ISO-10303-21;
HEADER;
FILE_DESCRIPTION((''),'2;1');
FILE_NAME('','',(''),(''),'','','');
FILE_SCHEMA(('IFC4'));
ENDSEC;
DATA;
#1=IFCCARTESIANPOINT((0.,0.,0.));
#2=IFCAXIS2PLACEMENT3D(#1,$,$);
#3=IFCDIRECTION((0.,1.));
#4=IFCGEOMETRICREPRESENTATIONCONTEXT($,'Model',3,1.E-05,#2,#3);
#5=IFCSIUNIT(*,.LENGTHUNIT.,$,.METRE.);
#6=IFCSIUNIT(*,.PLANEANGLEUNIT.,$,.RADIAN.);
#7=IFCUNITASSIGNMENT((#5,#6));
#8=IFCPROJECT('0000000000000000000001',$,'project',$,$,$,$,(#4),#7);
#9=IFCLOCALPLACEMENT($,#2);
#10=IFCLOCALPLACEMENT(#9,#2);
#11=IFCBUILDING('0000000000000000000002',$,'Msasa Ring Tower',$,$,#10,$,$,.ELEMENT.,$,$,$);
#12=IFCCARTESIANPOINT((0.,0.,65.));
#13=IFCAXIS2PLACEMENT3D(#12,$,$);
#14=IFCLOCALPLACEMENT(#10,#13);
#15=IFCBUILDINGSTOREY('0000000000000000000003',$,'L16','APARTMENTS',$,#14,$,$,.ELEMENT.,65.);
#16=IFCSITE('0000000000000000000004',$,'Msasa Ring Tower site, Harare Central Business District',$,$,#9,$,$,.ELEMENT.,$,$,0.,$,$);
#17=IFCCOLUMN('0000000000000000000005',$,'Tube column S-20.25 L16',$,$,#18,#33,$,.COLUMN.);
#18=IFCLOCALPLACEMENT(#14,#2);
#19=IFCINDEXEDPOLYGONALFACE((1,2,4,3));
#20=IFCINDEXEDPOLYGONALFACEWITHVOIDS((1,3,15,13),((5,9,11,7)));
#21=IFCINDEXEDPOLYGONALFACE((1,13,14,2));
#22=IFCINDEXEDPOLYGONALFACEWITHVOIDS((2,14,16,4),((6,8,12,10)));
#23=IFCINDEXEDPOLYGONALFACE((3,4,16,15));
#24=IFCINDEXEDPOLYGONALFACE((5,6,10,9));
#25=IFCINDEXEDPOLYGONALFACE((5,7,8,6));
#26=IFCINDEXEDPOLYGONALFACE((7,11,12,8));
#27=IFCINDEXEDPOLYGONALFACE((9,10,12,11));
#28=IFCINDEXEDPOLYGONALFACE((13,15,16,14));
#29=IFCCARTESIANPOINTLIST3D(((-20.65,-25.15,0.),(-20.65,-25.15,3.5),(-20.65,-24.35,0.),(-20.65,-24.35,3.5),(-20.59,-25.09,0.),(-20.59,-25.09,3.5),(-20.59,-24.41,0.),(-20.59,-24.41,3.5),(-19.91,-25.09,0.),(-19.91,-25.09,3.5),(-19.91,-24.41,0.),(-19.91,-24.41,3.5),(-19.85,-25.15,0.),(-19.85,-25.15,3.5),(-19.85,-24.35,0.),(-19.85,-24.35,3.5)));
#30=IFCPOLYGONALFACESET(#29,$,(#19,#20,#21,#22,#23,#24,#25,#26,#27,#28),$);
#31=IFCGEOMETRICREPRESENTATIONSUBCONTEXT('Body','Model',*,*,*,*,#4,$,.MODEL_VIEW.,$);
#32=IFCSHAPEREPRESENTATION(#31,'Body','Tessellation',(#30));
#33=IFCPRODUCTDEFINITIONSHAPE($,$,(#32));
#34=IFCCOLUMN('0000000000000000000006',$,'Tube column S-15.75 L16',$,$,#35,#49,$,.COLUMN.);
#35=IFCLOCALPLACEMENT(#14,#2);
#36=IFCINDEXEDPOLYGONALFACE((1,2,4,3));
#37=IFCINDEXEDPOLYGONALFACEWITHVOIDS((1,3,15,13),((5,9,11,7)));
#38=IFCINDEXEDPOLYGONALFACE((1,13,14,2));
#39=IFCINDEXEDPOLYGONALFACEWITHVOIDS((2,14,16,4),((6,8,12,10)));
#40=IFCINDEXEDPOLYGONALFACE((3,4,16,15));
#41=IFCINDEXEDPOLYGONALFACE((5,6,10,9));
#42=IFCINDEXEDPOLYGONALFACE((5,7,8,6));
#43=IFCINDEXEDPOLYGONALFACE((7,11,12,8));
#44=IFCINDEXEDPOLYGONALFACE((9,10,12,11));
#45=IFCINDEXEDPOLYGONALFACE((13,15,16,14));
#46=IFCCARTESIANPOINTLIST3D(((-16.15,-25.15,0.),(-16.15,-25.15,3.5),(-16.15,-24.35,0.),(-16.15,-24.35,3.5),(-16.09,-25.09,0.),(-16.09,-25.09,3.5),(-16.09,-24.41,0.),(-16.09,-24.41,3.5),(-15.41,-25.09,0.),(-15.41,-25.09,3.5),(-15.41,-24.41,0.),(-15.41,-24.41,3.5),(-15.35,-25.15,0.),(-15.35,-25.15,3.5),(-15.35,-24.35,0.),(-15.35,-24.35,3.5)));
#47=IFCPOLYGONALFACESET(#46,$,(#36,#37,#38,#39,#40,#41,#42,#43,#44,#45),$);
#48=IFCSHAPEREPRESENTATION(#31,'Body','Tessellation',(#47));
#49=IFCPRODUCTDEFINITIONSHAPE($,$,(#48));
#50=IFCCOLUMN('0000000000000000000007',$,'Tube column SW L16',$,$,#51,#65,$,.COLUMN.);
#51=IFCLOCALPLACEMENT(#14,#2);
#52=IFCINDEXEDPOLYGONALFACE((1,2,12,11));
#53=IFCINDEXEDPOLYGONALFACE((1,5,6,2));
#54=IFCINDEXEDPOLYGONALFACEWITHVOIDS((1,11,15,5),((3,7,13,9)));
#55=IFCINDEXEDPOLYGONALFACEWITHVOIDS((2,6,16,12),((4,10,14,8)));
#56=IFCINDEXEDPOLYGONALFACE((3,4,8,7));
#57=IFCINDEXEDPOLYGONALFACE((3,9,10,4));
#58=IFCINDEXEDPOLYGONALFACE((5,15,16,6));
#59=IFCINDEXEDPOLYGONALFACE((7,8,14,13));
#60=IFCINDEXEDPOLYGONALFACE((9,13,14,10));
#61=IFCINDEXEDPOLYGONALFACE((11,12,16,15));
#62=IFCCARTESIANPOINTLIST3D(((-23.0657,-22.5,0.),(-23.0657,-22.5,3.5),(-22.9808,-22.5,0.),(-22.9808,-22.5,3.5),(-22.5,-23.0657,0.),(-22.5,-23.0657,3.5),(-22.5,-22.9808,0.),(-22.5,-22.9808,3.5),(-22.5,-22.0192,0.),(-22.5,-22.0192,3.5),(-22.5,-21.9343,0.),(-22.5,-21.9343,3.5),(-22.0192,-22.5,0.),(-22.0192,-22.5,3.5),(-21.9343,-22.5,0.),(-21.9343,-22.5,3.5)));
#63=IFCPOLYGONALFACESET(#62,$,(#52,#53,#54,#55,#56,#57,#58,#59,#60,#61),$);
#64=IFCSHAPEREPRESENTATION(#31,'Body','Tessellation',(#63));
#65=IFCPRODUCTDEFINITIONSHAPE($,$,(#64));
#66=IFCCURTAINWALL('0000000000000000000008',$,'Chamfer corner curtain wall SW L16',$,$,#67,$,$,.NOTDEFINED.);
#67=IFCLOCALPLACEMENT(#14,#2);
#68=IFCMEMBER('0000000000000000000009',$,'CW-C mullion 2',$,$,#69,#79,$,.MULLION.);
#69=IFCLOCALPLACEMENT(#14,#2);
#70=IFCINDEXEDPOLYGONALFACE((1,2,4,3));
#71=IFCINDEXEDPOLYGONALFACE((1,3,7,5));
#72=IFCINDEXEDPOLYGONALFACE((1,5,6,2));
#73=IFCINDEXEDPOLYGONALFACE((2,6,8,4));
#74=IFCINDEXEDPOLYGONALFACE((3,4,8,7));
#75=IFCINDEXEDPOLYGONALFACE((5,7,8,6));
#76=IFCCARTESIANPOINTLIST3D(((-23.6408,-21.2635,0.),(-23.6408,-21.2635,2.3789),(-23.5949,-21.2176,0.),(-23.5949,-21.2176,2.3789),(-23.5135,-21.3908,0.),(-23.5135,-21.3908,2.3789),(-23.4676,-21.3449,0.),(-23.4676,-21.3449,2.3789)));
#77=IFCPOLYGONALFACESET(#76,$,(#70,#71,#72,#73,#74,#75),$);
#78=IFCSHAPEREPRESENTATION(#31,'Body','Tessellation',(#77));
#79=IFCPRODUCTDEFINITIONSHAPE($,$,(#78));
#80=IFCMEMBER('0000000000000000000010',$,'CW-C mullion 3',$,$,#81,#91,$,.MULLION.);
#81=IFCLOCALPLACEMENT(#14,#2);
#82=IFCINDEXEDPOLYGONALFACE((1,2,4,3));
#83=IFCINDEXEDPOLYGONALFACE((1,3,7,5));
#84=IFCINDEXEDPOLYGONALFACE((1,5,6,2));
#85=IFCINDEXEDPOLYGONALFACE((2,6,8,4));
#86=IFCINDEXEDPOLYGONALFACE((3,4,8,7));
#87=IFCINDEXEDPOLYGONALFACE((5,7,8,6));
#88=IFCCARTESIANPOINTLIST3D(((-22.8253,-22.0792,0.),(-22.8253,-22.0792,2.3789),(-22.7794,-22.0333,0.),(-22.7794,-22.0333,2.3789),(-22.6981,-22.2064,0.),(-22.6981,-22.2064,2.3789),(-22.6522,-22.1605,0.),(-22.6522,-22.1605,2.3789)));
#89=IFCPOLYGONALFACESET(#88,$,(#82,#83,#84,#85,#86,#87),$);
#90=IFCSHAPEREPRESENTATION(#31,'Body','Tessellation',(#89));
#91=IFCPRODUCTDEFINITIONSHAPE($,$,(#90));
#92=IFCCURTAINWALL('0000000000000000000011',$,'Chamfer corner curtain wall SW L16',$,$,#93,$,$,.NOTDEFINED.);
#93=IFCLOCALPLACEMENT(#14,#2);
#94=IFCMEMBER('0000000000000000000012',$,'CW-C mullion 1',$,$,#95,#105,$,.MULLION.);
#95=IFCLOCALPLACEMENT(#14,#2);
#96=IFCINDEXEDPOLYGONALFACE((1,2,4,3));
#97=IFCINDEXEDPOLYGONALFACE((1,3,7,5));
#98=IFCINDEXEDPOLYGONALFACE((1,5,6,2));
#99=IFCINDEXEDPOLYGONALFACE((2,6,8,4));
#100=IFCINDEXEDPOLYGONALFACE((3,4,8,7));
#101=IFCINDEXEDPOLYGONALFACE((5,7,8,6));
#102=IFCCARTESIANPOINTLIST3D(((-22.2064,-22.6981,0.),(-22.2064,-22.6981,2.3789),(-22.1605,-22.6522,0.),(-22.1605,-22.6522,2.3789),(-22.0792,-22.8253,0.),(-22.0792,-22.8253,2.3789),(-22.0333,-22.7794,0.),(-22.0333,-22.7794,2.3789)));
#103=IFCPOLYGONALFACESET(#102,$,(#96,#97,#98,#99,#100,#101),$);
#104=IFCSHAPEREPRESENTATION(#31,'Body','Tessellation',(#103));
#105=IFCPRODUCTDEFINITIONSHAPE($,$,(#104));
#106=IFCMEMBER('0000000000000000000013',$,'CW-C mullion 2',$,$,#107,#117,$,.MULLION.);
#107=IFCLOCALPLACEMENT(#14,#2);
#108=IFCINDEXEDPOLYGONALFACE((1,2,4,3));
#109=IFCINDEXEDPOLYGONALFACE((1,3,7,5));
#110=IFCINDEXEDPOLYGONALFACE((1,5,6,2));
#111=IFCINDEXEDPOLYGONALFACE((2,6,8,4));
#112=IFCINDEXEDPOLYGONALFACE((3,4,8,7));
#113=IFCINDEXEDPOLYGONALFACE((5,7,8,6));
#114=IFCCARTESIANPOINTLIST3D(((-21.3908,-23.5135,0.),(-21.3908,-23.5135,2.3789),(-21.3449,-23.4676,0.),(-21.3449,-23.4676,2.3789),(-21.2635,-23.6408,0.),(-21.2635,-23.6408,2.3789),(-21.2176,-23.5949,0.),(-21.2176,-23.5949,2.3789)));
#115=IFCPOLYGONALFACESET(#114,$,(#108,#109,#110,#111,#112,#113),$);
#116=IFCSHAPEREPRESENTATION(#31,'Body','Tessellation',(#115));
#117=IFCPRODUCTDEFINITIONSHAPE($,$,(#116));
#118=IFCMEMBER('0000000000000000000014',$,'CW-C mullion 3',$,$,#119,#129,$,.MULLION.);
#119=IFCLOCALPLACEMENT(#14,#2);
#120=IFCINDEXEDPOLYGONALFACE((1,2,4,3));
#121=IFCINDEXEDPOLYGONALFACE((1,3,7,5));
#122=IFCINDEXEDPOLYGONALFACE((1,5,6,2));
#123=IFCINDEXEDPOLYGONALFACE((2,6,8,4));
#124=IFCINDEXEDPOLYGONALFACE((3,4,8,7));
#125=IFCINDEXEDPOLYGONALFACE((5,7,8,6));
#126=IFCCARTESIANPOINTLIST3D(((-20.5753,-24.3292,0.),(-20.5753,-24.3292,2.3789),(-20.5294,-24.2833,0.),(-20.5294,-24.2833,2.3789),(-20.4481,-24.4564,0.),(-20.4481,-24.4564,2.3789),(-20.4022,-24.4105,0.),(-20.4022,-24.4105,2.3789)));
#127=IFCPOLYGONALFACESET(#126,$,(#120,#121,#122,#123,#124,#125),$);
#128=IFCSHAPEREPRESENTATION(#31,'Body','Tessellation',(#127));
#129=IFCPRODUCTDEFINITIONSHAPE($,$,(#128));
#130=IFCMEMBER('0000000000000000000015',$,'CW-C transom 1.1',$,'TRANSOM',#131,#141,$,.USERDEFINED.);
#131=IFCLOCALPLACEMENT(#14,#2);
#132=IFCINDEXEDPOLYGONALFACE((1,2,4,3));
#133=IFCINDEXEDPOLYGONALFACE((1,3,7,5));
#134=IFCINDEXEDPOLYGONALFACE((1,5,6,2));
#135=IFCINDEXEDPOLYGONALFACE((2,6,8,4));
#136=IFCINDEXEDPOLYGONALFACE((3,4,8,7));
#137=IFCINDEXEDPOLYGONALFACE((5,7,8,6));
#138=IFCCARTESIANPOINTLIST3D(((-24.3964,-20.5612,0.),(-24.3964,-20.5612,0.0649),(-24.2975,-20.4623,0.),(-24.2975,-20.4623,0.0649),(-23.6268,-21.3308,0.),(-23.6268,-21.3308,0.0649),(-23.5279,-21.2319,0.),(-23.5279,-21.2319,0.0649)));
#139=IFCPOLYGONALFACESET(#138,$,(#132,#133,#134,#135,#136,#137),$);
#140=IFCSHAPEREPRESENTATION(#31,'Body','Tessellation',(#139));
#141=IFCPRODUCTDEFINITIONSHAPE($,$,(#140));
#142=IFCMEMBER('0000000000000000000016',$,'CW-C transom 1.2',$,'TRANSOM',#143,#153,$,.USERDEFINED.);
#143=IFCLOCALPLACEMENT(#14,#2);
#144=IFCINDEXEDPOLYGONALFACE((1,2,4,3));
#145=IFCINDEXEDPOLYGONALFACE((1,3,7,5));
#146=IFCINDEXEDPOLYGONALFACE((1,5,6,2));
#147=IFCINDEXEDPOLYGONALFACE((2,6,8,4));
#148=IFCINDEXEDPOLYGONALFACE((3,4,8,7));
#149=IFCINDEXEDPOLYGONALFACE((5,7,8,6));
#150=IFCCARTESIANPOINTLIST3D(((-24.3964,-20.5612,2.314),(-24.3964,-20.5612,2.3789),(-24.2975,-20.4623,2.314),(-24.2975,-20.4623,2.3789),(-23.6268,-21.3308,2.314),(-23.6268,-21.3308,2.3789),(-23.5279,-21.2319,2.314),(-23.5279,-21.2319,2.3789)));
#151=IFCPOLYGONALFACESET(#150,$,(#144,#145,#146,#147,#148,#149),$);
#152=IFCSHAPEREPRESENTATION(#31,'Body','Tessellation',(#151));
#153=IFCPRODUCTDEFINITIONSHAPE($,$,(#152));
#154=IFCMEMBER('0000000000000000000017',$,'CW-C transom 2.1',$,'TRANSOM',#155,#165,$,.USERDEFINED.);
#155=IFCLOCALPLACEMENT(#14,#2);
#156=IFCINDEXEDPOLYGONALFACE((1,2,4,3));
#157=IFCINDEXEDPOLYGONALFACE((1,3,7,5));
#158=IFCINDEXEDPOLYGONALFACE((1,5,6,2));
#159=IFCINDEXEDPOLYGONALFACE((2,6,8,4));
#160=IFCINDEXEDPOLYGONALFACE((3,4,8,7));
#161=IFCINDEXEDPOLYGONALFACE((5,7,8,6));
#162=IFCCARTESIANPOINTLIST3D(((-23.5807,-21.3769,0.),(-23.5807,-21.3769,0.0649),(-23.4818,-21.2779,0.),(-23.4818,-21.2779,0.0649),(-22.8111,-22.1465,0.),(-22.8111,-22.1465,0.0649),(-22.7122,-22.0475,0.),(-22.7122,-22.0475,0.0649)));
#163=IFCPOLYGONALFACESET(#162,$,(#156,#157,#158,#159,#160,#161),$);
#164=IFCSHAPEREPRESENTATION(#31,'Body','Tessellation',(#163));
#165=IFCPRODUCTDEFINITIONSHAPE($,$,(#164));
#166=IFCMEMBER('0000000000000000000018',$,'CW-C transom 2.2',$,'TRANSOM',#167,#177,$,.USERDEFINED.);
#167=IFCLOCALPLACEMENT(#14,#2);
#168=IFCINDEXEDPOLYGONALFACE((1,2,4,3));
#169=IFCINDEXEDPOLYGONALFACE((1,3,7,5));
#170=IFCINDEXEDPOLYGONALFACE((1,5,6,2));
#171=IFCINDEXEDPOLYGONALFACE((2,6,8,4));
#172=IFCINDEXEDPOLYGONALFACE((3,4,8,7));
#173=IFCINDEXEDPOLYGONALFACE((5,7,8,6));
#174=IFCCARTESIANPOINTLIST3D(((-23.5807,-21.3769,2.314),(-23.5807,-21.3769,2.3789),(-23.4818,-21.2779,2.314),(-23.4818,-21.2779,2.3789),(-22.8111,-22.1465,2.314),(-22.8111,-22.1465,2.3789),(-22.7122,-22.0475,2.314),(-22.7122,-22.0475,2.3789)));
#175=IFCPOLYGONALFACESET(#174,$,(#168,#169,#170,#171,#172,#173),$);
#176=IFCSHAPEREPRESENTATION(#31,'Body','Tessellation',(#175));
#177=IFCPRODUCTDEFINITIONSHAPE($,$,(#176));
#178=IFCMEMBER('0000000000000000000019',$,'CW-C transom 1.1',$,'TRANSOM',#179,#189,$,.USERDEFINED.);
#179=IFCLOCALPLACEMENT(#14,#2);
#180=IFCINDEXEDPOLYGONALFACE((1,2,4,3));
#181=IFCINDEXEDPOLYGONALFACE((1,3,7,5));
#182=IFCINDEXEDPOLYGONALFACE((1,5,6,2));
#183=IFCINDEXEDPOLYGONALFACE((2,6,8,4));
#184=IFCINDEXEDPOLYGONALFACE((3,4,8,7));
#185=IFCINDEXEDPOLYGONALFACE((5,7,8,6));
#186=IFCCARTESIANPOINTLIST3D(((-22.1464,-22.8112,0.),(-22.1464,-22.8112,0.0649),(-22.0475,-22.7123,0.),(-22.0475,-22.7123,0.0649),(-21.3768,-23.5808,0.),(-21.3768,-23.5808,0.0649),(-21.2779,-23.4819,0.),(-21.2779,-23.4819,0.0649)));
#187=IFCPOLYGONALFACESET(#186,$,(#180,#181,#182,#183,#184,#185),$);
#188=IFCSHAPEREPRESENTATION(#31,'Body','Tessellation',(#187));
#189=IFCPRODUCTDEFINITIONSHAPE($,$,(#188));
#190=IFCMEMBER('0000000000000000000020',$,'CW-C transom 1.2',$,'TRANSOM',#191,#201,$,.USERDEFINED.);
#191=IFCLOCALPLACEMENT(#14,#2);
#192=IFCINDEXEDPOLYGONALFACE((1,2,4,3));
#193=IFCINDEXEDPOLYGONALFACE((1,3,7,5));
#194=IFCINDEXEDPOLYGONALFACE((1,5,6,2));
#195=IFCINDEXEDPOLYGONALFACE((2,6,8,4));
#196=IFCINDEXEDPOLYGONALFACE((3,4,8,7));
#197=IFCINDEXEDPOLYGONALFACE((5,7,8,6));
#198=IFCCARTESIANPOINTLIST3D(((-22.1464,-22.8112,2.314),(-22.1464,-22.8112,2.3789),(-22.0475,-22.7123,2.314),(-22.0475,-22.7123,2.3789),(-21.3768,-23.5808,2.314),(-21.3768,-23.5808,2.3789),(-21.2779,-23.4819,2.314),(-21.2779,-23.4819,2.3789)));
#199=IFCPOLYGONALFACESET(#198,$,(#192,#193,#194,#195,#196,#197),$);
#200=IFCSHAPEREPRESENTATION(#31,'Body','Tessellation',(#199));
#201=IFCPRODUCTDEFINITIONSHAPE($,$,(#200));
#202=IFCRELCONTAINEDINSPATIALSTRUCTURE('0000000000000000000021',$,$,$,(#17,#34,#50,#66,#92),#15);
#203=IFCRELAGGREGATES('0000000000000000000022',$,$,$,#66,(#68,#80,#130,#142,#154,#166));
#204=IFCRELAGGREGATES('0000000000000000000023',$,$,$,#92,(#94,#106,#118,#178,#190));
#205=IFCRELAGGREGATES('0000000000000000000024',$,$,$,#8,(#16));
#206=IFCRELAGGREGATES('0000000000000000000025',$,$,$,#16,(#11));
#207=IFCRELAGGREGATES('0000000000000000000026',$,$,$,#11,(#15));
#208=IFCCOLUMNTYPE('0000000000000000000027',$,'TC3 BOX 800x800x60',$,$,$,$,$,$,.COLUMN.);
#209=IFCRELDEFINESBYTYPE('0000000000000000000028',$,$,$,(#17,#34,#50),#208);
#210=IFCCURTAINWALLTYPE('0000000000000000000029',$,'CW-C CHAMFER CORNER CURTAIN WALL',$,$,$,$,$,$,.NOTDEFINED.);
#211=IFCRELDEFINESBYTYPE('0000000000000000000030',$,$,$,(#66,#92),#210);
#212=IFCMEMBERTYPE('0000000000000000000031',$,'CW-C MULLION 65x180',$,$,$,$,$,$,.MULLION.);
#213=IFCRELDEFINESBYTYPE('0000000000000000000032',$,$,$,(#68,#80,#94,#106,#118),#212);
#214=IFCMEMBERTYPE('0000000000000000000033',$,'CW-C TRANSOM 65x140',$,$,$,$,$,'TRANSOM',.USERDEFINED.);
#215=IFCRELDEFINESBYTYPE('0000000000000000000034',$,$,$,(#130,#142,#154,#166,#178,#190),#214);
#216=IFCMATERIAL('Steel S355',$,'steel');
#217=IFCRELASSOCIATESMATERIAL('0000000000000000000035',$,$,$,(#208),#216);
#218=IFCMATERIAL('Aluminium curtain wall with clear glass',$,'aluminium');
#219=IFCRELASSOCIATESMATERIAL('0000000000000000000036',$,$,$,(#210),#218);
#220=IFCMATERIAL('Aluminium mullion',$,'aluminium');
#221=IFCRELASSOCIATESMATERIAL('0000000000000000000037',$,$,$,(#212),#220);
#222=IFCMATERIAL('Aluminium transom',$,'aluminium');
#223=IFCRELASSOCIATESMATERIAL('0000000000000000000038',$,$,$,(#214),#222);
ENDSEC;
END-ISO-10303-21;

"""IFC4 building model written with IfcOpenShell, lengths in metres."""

from ifc_helpers import new_model, si_unit, direction, frame, origin, origin_2d, place, context, subcontext, project, spatial, rectangle, hollow_rectangle, extrude, material, material_profile, profile_set, type_object, element, aggregate, save


model = new_model("IFC4")

# Units and contexts
model_context = context("Model", 3, precision=1e-05, world=origin(), true_north=direction((0.0, 1.0)))
body_context = subcontext(model_context, "Body", "Model", "MODEL_VIEW")
ifc_project = project(units=[si_unit("LENGTHUNIT", "METRE"), si_unit("PLANEANGLEUNIT", "RADIAN")], contexts=[model_context])

# Site, building, storey
site_placement = place(None, origin())
site = spatial("IfcSite", under=ifc_project, at=site_placement, Name="Msasa Ring Tower site, Harare Central Business District", CompositionType="ELEMENT", RefElevation=0.0)
building_placement = place(site_placement, origin())
building = spatial("IfcBuilding", under=site, at=building_placement, Name="Msasa Ring Tower", CompositionType="ELEMENT")
storey_placement = place(building_placement, frame((0.0, 0.0, 65.0)))
storey = spatial("IfcBuildingStorey", under=building, at=storey_placement, Name="L16", Description="APARTMENTS", CompositionType="ELEMENT", Elevation=65.0)

# Columns
ifc_material_1 = material(Name="Steel S355", Category="steel")
ifc_material_profile_1 = material_profile(ifc_material_1, hollow_rectangle(XDim=0.8, YDim=0.8, WallThickness=0.0601, at=origin_2d()), Name="BOX 800x800x60")
ifc_profile_set_1 = profile_set([ifc_material_profile_1], Name="Steel S355")
column_type = type_object("IfcColumnType", Name="TC3 BOX 800x800x60", PredefinedType="COLUMN", material=ifc_profile_set_1)
for number, where, z_axis, x_axis, name in (
    (1, (-20.25, -24.75, 0.0), (0.0, 0.0, 1.0), (0.0, 1.0, 0.0), "Tube column S-20.25 L16"),
    (2, (-15.75, -24.75, 0.0), (0.0, 0.0, 1.0), (0.0, 1.0, 0.0), "Tube column S-15.75 L16"),
    (3, (-22.5, -22.5, 0.0), (0.0, 0.0, 1.0), (0.707107, 0.707107, 0.0), "Tube column SW L16"),
):
    element("IfcColumn", number, at=place(storey_placement, frame(where, z_axis=z_axis, x_axis=x_axis)), inside=storey, type_object=column_type, Name=name, PredefinedType="COLUMN", context=body_context, shape_type="SweptSolid", body=[
        extrude(hollow_rectangle(XDim=0.8, YDim=0.8, WallThickness=0.0601, at=origin_2d()), origin(), (0.0, 0.0, 1.0), 3.5),
    ])

# Curtain walls, members
ifc_material_2 = material(Name="Aluminium curtain wall with clear glass", Category="aluminium")
curtain_wall_type = type_object("IfcCurtainWallType", Name="CW-C CHAMFER CORNER CURTAIN WALL", PredefinedType="NOTDEFINED", material=ifc_material_2)
curtain_wall_1_placement = place(storey_placement, origin())
curtain_wall_1 = element("IfcCurtainWall", 4, at=curtain_wall_1_placement, inside=storey, type_object=curtain_wall_type, Name="Chamfer corner curtain wall SW L16", PredefinedType="NOTDEFINED")
ifc_material_3 = material(Name="Aluminium mullion", Category="aluminium")
ifc_material_profile_2 = material_profile(ifc_material_3, rectangle(XDim=0.0649, YDim=0.1799, at=origin_2d()), Name="AL 65x180")
ifc_profile_set_2 = profile_set([ifc_material_profile_2], Name="Aluminium mullion")
member_type_1 = type_object("IfcMemberType", Name="CW-C MULLION 65x180", PredefinedType="MULLION", material=ifc_profile_set_2)
member_1_placement = place(storey_placement, frame((-23.5542, -21.3042, 0.0), z_axis=(0.0, 0.0, 1.0), x_axis=(0.707107, 0.707107, 0.0)))
member_1 = element("IfcMember", 5, at=member_1_placement, type_object=member_type_1, Name="CW-C mullion 2", PredefinedType="MULLION", context=body_context, shape_type="SweptSolid", body=[
    extrude(rectangle(XDim=0.0649, YDim=0.1799, at=origin_2d()), origin(), (0.0, 0.0, 1.0), 2.3789),
])
member_2_placement = place(storey_placement, frame((-22.7388, -22.1199, 0.0), z_axis=(0.0, 0.0, 1.0), x_axis=(0.707107, 0.707107, 0.0)))
member_2 = element("IfcMember", 6, at=member_2_placement, type_object=member_type_1, Name="CW-C mullion 3", PredefinedType="MULLION", context=body_context, shape_type="SweptSolid", body=[
    extrude(rectangle(XDim=0.0649, YDim=0.1799, at=origin_2d()), origin(), (0.0, 0.0, 1.0), 2.3789),
])
curtain_wall_2_placement = place(storey_placement, origin())
curtain_wall_2 = element("IfcCurtainWall", 7, at=curtain_wall_2_placement, inside=storey, type_object=curtain_wall_type, Name="Chamfer corner curtain wall SW L16", PredefinedType="NOTDEFINED")
member_3_placement = place(storey_placement, frame((-22.1199, -22.7388, 0.0), z_axis=(0.0, 0.0, 1.0), x_axis=(0.707107, 0.707107, 0.0)))
member_3 = element("IfcMember", 8, at=member_3_placement, type_object=member_type_1, Name="CW-C mullion 1", PredefinedType="MULLION", context=body_context, shape_type="SweptSolid", body=[
    extrude(rectangle(XDim=0.0649, YDim=0.1799, at=origin_2d()), origin(), (0.0, 0.0, 1.0), 2.3789),
])
member_4_placement = place(storey_placement, frame((-21.3042, -23.5542, 0.0), z_axis=(0.0, 0.0, 1.0), x_axis=(0.707107, 0.707107, 0.0)))
member_4 = element("IfcMember", 9, at=member_4_placement, type_object=member_type_1, Name="CW-C mullion 2", PredefinedType="MULLION", context=body_context, shape_type="SweptSolid", body=[
    extrude(rectangle(XDim=0.0649, YDim=0.1799, at=origin_2d()), origin(), (0.0, 0.0, 1.0), 2.3789),
])
member_5_placement = place(storey_placement, frame((-20.4888, -24.3699, 0.0), z_axis=(0.0, 0.0, 1.0), x_axis=(0.707107, 0.707107, 0.0)))
member_5 = element("IfcMember", 10, at=member_5_placement, type_object=member_type_1, Name="CW-C mullion 3", PredefinedType="MULLION", context=body_context, shape_type="SweptSolid", body=[
    extrude(rectangle(XDim=0.0649, YDim=0.1799, at=origin_2d()), origin(), (0.0, 0.0, 1.0), 2.3789),
])

# Members
ifc_material_4 = material(Name="Aluminium transom", Category="aluminium")
ifc_material_profile_3 = material_profile(ifc_material_4, rectangle(XDim=0.1399, YDim=0.0649, at=origin_2d()), Name="AL 65x140")
ifc_profile_set_3 = profile_set([ifc_material_profile_3], Name="Aluminium transom")
member_type_2 = type_object("IfcMemberType", Name="CW-C TRANSOM 65x140", ElementType="TRANSOM", PredefinedType="USERDEFINED", material=ifc_profile_set_3)
member_6_placement = place(storey_placement, frame((-24.3469, -20.5117, 0.0325), z_axis=(0.707107, -0.707107, 0.0), x_axis=(0.707107, 0.707107, 0.0)))
member_6 = element("IfcMember", 11, at=member_6_placement, type_object=member_type_2, Name="CW-C transom 1.1", ObjectType="TRANSOM", PredefinedType="USERDEFINED", context=body_context, shape_type="SweptSolid", body=[
    extrude(rectangle(XDim=0.1399, YDim=0.0649, at=origin_2d()), origin(), (0.0, 0.0, 1.0), 1.0884),
])
member_7_placement = place(storey_placement, frame((-24.3469, -20.5117, 2.3464), z_axis=(0.707107, -0.707107, 0.0), x_axis=(0.707107, 0.707107, 0.0)))
member_7 = element("IfcMember", 12, at=member_7_placement, type_object=member_type_2, Name="CW-C transom 1.2", ObjectType="TRANSOM", PredefinedType="USERDEFINED", context=body_context, shape_type="SweptSolid", body=[
    extrude(rectangle(XDim=0.1399, YDim=0.0649, at=origin_2d()), origin(), (0.0, 0.0, 1.0), 1.0884),
])
member_8_placement = place(storey_placement, frame((-23.5312, -21.3274, 0.0325), z_axis=(0.707107, -0.707107, 0.0), x_axis=(0.707107, 0.707107, 0.0)))
member_8 = element("IfcMember", 13, at=member_8_placement, type_object=member_type_2, Name="CW-C transom 2.1", ObjectType="TRANSOM", PredefinedType="USERDEFINED", context=body_context, shape_type="SweptSolid", body=[
    extrude(rectangle(XDim=0.1399, YDim=0.0649, at=origin_2d()), origin(), (0.0, 0.0, 1.0), 1.0884),
])
member_9_placement = place(storey_placement, frame((-23.5312, -21.3274, 2.3464), z_axis=(0.707107, -0.707107, 0.0), x_axis=(0.707107, 0.707107, 0.0)))
member_9 = element("IfcMember", 14, at=member_9_placement, type_object=member_type_2, Name="CW-C transom 2.2", ObjectType="TRANSOM", PredefinedType="USERDEFINED", context=body_context, shape_type="SweptSolid", body=[
    extrude(rectangle(XDim=0.1399, YDim=0.0649, at=origin_2d()), origin(), (0.0, 0.0, 1.0), 1.0884),
])
member_10_placement = place(storey_placement, frame((-22.0969, -22.7617, 0.0325), z_axis=(0.707107, -0.707107, 0.0), x_axis=(0.707107, 0.707107, 0.0)))
member_10 = element("IfcMember", 15, at=member_10_placement, type_object=member_type_2, Name="CW-C transom 1.1", ObjectType="TRANSOM", PredefinedType="USERDEFINED", context=body_context, shape_type="SweptSolid", body=[
    extrude(rectangle(XDim=0.1399, YDim=0.0649, at=origin_2d()), origin(), (0.0, 0.0, 1.0), 1.0884),
])
member_11_placement = place(storey_placement, frame((-22.0969, -22.7617, 2.3464), z_axis=(0.707107, -0.707107, 0.0), x_axis=(0.707107, 0.707107, 0.0)))
member_11 = element("IfcMember", 16, at=member_11_placement, type_object=member_type_2, Name="CW-C transom 1.2", ObjectType="TRANSOM", PredefinedType="USERDEFINED", context=body_context, shape_type="SweptSolid", body=[
    extrude(rectangle(XDim=0.1399, YDim=0.0649, at=origin_2d()), origin(), (0.0, 0.0, 1.0), 1.0884),
])

aggregate(curtain_wall_1, [member_1, member_2, member_6, member_7, member_8, member_9])
aggregate(curtain_wall_2, [member_3, member_4, member_5, member_10, member_11])

save(model, "model.ifc")
